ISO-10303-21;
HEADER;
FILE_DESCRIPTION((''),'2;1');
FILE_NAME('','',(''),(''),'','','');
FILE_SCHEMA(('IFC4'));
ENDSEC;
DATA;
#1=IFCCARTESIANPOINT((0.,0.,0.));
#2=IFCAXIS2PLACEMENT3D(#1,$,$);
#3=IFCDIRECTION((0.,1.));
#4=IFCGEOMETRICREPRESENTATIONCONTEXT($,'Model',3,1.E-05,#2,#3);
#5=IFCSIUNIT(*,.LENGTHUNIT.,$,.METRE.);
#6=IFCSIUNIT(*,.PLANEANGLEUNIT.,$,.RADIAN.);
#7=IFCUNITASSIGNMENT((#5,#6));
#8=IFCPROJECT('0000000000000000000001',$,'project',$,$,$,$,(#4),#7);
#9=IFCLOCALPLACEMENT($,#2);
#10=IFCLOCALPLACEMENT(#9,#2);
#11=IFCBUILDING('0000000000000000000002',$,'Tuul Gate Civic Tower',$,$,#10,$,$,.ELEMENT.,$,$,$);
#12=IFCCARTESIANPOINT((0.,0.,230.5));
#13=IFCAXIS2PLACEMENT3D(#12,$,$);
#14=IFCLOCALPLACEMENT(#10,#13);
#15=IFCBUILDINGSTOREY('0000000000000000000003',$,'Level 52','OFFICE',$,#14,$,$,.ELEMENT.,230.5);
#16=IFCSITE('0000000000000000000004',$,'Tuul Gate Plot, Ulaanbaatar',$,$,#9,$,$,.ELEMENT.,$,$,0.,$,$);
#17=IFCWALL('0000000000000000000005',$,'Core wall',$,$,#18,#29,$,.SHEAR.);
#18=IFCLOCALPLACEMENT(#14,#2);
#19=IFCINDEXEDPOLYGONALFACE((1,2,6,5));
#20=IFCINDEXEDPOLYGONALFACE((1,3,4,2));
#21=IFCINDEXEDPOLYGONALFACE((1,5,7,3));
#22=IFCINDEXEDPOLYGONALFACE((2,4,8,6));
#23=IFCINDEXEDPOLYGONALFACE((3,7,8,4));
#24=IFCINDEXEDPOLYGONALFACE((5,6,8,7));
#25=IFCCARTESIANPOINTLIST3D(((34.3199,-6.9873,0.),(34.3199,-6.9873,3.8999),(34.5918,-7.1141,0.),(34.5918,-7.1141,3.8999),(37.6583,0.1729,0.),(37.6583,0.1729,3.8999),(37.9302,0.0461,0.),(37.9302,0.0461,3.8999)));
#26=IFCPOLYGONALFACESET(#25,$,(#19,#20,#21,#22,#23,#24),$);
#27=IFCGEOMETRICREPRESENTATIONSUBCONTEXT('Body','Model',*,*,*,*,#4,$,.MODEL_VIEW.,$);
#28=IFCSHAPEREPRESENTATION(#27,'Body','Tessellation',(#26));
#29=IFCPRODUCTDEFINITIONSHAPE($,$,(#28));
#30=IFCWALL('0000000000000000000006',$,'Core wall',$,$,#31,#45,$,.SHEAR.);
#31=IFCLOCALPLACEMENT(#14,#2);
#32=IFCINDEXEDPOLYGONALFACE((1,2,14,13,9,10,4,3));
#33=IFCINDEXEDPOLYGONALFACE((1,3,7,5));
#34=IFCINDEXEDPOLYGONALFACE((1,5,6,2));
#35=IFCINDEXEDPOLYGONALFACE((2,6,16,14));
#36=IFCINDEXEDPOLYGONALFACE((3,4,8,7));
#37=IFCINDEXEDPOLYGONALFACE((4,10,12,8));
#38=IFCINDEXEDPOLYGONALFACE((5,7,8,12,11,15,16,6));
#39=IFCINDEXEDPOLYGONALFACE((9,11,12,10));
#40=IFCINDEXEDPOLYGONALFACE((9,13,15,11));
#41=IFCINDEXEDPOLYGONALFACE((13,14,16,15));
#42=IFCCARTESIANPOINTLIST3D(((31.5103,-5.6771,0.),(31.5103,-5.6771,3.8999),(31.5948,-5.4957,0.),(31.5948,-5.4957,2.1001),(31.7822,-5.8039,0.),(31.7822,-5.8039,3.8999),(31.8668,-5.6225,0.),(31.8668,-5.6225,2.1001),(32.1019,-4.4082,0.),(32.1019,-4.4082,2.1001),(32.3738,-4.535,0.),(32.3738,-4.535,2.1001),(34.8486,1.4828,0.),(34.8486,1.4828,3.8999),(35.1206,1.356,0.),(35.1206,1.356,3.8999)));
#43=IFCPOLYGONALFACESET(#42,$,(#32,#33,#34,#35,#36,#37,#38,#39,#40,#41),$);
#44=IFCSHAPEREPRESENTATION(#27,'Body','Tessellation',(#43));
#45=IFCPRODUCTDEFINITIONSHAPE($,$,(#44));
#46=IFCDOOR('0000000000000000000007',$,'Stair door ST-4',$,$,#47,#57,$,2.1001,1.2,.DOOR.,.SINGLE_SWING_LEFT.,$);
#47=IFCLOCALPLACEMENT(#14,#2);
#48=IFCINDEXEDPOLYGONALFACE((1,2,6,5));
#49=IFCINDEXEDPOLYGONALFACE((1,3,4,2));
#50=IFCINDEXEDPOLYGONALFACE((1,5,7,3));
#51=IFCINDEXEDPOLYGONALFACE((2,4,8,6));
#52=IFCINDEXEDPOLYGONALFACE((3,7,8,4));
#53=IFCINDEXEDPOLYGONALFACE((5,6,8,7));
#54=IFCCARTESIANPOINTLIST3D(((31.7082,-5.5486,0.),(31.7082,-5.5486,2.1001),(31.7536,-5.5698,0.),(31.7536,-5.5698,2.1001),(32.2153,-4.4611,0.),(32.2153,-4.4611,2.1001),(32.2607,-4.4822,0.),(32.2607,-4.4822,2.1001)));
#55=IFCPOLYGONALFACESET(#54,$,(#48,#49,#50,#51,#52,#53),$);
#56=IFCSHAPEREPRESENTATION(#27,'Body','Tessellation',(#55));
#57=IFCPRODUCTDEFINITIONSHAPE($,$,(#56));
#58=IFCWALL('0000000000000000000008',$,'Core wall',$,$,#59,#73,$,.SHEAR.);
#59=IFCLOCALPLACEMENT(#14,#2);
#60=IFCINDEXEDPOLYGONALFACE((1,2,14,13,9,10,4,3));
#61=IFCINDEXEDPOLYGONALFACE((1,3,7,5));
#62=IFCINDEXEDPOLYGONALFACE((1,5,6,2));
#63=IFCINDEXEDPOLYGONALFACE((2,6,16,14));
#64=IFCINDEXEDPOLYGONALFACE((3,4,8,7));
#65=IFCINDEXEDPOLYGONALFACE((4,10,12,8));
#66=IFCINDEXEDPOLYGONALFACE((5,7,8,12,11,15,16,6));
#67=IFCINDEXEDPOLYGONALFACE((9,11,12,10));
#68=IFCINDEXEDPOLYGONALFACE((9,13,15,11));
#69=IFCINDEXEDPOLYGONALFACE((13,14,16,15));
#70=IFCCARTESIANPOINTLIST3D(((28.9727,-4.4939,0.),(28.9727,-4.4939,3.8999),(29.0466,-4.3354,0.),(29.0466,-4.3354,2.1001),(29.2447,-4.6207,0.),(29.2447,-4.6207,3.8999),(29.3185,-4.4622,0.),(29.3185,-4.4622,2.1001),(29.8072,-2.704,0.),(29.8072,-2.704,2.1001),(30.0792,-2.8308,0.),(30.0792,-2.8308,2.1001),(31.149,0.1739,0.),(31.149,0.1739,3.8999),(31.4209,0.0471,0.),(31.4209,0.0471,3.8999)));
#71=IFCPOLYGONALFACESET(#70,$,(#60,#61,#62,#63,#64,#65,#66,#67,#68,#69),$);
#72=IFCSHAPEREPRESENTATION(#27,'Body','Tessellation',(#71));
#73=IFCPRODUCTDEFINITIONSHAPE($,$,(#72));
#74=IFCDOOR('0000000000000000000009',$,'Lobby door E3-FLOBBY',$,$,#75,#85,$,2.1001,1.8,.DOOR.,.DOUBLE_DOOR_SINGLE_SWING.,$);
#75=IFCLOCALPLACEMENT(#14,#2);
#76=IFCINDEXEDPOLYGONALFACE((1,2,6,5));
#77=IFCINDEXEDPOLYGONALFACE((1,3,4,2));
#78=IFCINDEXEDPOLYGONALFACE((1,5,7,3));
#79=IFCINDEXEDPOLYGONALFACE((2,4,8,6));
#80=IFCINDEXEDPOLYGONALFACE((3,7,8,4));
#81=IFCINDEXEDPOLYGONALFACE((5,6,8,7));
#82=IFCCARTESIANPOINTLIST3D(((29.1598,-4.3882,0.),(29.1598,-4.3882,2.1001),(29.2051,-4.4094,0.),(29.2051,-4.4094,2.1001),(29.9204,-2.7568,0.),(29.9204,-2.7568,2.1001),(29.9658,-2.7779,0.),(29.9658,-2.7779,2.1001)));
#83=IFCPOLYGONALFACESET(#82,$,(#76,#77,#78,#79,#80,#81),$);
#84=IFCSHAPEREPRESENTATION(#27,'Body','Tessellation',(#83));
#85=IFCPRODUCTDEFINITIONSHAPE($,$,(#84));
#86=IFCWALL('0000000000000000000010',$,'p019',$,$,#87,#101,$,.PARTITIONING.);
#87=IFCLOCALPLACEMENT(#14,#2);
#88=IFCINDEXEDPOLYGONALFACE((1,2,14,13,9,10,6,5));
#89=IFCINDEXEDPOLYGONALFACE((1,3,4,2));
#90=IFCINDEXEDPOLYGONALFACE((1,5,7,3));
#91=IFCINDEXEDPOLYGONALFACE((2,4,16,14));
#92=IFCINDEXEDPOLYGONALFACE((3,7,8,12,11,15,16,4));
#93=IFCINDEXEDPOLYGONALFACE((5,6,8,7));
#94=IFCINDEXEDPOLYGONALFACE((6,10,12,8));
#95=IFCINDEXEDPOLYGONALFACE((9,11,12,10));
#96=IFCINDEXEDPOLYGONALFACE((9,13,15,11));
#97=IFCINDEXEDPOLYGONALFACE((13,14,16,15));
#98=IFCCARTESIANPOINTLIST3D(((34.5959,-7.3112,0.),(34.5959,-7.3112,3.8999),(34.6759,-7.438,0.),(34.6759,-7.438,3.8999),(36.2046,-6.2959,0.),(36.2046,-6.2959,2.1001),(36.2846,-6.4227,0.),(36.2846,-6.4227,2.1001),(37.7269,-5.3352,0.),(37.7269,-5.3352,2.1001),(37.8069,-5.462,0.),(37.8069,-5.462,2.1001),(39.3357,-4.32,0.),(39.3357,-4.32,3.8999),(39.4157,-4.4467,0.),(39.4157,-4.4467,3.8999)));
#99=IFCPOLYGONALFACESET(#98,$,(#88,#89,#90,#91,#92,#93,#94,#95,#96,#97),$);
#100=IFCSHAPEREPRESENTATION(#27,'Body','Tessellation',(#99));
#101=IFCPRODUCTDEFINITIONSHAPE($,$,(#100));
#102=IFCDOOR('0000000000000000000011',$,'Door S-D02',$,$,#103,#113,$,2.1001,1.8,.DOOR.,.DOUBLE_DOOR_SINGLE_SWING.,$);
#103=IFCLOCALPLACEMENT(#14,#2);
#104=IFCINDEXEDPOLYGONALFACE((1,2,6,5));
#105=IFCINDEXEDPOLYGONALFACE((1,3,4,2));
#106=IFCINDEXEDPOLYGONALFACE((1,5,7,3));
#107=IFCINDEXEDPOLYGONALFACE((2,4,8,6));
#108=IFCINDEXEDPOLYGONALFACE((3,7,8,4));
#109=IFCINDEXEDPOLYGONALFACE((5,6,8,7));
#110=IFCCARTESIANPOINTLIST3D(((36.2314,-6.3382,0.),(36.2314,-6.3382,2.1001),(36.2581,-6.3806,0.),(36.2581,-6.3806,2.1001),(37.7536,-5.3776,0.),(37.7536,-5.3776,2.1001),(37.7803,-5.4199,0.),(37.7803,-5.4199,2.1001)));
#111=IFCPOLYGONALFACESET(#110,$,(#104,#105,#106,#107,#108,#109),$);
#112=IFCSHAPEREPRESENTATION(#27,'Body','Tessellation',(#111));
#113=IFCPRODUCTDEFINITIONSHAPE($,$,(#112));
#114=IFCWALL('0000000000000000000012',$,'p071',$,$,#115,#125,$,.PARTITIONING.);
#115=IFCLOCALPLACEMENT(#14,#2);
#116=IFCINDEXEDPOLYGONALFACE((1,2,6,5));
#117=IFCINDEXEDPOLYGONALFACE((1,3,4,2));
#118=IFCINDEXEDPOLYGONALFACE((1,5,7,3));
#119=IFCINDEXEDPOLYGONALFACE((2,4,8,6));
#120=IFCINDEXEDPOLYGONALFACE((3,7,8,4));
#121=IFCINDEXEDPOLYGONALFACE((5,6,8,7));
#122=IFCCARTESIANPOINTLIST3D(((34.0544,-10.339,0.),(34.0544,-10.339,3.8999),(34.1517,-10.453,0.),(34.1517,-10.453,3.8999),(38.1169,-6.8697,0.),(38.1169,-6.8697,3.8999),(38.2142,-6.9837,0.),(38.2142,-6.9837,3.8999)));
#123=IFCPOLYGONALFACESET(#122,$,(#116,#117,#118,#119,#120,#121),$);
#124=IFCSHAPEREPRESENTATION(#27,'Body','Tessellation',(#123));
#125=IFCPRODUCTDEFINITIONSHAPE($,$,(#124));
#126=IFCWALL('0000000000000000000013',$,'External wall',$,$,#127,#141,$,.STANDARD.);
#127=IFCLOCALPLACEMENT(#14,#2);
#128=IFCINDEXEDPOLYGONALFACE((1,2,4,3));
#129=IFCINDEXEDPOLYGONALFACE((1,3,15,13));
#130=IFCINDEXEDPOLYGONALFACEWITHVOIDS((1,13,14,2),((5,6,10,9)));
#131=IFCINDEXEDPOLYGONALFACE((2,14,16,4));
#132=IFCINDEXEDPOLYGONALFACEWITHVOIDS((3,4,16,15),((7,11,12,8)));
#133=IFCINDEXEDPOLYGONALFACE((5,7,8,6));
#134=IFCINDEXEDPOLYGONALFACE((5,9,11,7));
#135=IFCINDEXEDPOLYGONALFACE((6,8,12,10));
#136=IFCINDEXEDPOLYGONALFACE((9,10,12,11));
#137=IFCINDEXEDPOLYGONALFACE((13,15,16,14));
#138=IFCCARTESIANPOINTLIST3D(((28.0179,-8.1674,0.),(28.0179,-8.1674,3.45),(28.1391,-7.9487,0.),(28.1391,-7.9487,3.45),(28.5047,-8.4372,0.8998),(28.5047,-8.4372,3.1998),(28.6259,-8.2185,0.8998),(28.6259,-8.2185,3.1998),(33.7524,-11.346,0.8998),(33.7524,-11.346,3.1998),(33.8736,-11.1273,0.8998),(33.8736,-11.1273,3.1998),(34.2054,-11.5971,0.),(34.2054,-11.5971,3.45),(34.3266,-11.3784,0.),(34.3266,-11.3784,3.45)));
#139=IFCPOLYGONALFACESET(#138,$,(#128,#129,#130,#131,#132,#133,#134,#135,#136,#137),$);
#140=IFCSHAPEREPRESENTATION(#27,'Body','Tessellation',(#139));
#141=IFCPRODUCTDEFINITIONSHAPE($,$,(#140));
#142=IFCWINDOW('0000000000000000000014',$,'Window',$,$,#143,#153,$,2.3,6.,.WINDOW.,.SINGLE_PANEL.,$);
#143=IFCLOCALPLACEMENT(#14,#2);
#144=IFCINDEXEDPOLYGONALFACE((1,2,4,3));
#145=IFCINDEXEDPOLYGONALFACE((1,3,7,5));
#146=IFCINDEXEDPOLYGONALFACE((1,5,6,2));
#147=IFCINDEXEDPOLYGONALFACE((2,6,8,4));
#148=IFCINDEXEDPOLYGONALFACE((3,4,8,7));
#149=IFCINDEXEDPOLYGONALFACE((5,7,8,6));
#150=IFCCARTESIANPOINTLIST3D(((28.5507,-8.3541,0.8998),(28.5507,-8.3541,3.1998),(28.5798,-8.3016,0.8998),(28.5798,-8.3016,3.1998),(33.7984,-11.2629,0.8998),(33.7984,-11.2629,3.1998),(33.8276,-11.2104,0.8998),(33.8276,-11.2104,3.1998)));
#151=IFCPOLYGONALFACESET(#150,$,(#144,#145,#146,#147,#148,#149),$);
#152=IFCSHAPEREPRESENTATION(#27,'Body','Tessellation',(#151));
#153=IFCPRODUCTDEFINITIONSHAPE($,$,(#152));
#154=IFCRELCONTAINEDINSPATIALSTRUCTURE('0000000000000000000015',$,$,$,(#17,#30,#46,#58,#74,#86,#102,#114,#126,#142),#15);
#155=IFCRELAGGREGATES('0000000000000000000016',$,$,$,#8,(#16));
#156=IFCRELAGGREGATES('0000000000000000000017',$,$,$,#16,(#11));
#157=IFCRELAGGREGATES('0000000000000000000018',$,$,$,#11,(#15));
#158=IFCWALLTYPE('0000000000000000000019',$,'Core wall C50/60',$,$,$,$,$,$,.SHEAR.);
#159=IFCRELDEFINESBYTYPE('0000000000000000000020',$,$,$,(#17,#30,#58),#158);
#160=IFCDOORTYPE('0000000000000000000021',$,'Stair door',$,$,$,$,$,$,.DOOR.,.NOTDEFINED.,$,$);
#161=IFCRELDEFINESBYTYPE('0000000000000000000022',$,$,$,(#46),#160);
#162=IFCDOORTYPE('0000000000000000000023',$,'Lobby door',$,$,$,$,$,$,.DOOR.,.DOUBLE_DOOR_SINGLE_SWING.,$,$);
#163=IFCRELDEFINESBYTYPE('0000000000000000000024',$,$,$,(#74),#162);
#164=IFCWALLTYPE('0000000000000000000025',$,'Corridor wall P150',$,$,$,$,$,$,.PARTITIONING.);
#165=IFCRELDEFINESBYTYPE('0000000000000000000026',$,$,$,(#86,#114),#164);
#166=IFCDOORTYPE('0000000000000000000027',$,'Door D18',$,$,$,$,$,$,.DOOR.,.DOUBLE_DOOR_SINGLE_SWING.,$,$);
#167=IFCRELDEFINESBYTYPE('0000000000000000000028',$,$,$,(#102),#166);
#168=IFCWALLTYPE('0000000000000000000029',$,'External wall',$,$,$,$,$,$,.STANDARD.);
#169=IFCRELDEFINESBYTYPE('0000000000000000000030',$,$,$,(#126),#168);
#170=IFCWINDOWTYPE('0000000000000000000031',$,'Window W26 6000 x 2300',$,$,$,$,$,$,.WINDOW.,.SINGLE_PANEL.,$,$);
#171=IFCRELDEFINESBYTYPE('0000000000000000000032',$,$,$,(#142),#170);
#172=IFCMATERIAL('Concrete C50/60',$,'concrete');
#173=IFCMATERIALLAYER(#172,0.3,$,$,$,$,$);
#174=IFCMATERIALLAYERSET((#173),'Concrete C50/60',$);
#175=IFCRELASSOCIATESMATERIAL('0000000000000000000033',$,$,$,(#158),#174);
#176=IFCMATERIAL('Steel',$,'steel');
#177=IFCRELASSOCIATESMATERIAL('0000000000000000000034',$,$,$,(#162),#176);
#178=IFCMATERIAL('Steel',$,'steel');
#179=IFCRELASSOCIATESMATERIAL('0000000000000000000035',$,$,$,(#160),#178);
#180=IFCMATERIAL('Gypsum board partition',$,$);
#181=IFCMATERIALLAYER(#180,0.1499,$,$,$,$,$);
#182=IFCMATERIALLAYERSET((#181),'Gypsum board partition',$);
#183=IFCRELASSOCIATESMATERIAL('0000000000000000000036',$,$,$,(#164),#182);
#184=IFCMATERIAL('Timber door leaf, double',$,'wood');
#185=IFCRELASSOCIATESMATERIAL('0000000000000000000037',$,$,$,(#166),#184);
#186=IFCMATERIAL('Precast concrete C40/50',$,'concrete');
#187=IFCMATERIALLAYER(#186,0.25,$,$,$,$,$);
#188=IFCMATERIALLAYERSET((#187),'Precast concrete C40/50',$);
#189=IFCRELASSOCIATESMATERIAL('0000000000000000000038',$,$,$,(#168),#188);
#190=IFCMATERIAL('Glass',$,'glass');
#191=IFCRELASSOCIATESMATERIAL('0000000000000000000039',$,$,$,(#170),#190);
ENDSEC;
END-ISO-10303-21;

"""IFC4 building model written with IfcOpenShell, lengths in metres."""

from ifc_helpers import new_model, si_unit, direction, frame, frame_2d, origin, place, context, subcontext, project, spatial, rectangle, extrude, material, layer, layer_set, type_object, element, fill, save


model = new_model("IFC4")

# Units and contexts
model_context = context("Model", 3, precision=1e-05, world=origin(), true_north=direction((0.0, 1.0)))
body_context = subcontext(model_context, "Body", "Model", "MODEL_VIEW")
ifc_project = project(units=[si_unit("LENGTHUNIT", "METRE"), si_unit("PLANEANGLEUNIT", "RADIAN")], contexts=[model_context])

# Site, building, storey
site_placement = place(None, origin())
site = spatial("IfcSite", under=ifc_project, at=site_placement, Name="Tuul Gate Plot, Ulaanbaatar", CompositionType="ELEMENT", RefElevation=0.0)
building_placement = place(site_placement, origin())
building = spatial("IfcBuilding", under=site, at=building_placement, Name="Tuul Gate Civic Tower", CompositionType="ELEMENT")
storey_placement = place(building_placement, frame((0.0, 0.0, 230.5)))
storey = spatial("IfcBuildingStorey", under=building, at=storey_placement, Name="Level 52", Description="OFFICE", CompositionType="ELEMENT", Elevation=230.5)

# Shared definitions
ifc_material_1 = material(Name="Concrete C50/60", Category="concrete")
ifc_layer_1 = layer(ifc_material_1, 0.3)
ifc_layer_set_1 = layer_set([ifc_layer_1], Name="Concrete C50/60")
wall_type_1 = type_object("IfcWallType", Name="Core wall C50/60", PredefinedType="SHEAR", material=ifc_layer_set_1)
ifc_material_2 = material(Name="Steel", Category="steel")
door_type_1 = type_object("IfcDoorType", Name="Lobby door", OperationType="DOUBLE_DOOR_SINGLE_SWING", PredefinedType="DOOR", material=ifc_material_2)

# Wall
wall_1_placement = place(storey_placement, frame((34.4558, -7.0508, 0.0), z_axis=(0.0, 0.0, 1.0), x_axis=(0.422571, 0.90633, 0.0)))
element("IfcWall", 1, at=wall_1_placement, inside=storey, type_object=wall_type_1, Name="Core wall", PredefinedType="SHEAR", context=body_context, shape_type="SweptSolid", body=[
    extrude(rectangle(XDim=7.9001, YDim=0.3, at=frame_2d((3.9502, 0.0))), origin(), (0.0, 0.0, 1.0), 3.8999),
])

# Walls, openings, doors
wall_2_placement = place(storey_placement, frame((31.6462, -5.7405, 0.0), z_axis=(0.0, 0.0, 1.0), x_axis=(0.422583, 0.906324, 0.0)))
wall_2 = element("IfcWall", 2, at=wall_2_placement, inside=storey, type_object=wall_type_1, Name="Core wall", PredefinedType="SHEAR", context=body_context, shape_type="SweptSolid", body=[
    extrude(rectangle(XDim=7.8999, YDim=0.3, at=frame_2d((3.95, 0.0))), origin(), (0.0, 0.0, 1.0), 3.8999),
])
opening_1_placement = place(wall_2_placement, frame((0.2, 0.0, 0.0)))
opening_1 = element("IfcOpeningElement", 3, at=opening_1_placement, cuts=wall_2, PredefinedType="OPENING", context=body_context, shape_type="SweptSolid", body=[
    extrude(rectangle(XDim=1.2, YDim=2.1001, at=frame_2d((0.6001, 1.05))), frame((0.0, 0.1602, 0.0), z_axis=(0.0, -1.0, 0.0), x_axis=(1.0, 0.0, 0.0)), (0.0, 0.0, 1.0), 0.3201),
])
ifc_material_3 = material(Name="Steel", Category="steel")
door_type_2 = type_object("IfcDoorType", Name="Stair door", OperationType="NOTDEFINED", PredefinedType="DOOR", material=ifc_material_3)
door_1_placement = place(opening_1_placement, origin())
door_1 = element("IfcDoor", 4, at=door_1_placement, inside=storey, type_object=door_type_2, Name="Stair door ST-4", OperationType="SINGLE_SWING_LEFT", OverallHeight=2.1001, OverallWidth=1.2, PredefinedType="DOOR", context=body_context, shape_type="SweptSolid", body=[
    extrude(rectangle(XDim=1.2, YDim=2.1001, at=frame_2d((0.6001, 1.05))), frame((0.0, 0.0249, 0.0), z_axis=(0.0, -1.0, 0.0), x_axis=(1.0, 0.0, 0.0)), (0.0, 0.0, 1.0), 0.05),
])
fill(opening_1, door_1)
wall_3_placement = place(storey_placement, frame((29.1086, -4.5574, 0.0), z_axis=(0.0, 0.0, 1.0), x_axis=(0.422566, 0.906332, 0.0)))
wall_3 = element("IfcWall", 5, at=wall_3_placement, inside=storey, type_object=wall_type_1, Name="Core wall", PredefinedType="SHEAR", context=body_context, shape_type="SweptSolid", body=[
    extrude(rectangle(XDim=5.1501, YDim=0.3, at=frame_2d((2.5752, 0.0))), origin(), (0.0, 0.0, 1.0), 3.8999),
])
opening_2_placement = place(wall_3_placement, frame((0.175, 0.0, 0.0)))
opening_2 = element("IfcOpeningElement", 6, at=opening_2_placement, cuts=wall_3, PredefinedType="OPENING", context=body_context, shape_type="SweptSolid", body=[
    extrude(rectangle(XDim=1.8, YDim=2.1001, at=frame_2d((0.8999, 1.05))), frame((0.0, 0.1602, 0.0), z_axis=(0.0, -1.0, 0.0), x_axis=(1.0, 0.0, 0.0)), (0.0, 0.0, 1.0), 0.3201),
])
door_2_placement = place(opening_2_placement, frame((1.8, 0.0, 0.0), z_axis=(0.0, 0.0, 1.0), x_axis=(-1.0, 0.0, 0.0)))
door_2 = element("IfcDoor", 7, at=door_2_placement, inside=storey, type_object=door_type_1, Name="Lobby door E3-FLOBBY", OperationType="DOUBLE_DOOR_SINGLE_SWING", OverallHeight=2.1001, OverallWidth=1.8, PredefinedType="DOOR", context=body_context, shape_type="SweptSolid", body=[
    extrude(rectangle(XDim=1.8, YDim=2.1001, at=frame_2d((0.9001, 1.05))), frame((0.0, 0.0249, 0.0), z_axis=(0.0, -1.0, 0.0), x_axis=(1.0, 0.0, 0.0)), (0.0, 0.0, 1.0), 0.05),
])
fill(opening_2, door_2)
ifc_material_4 = material(Name="Gypsum board partition")
ifc_layer_2 = layer(ifc_material_4, 0.1499)
ifc_layer_set_2 = layer_set([ifc_layer_2], Name="Gypsum board partition")
wall_type_2 = type_object("IfcWallType", Name="Corridor wall P150", PredefinedType="PARTITIONING", material=ifc_layer_set_2)
wall_4_placement = place(storey_placement, frame((34.636, -7.3745, 0.0), z_axis=(0.0, 0.0, 1.0), x_axis=(0.845675, 0.533698, 0.0)))
wall_4 = element("IfcWall", 8, at=wall_4_placement, inside=storey, type_object=wall_type_2, Name="p019", PredefinedType="PARTITIONING", context=body_context, shape_type="SweptSolid", body=[
    extrude(rectangle(XDim=5.6047, YDim=0.1499, at=frame_2d((2.8022, 0.0))), origin(), (0.0, 0.0, 1.0), 3.8999),
])
opening_3_placement = place(wall_4_placement, frame((1.9023, 0.0, 0.0)))
opening_3 = element("IfcOpeningElement", 9, at=opening_3_placement, cuts=wall_4, PredefinedType="OPENING", context=body_context, shape_type="SweptSolid", body=[
    extrude(rectangle(XDim=1.8, YDim=2.1001, at=frame_2d((0.8999, 1.05))), frame((0.0, 0.085, 0.0), z_axis=(0.0, -1.0, 0.0), x_axis=(1.0, 0.0, 0.0)), (0.0, 0.0, 1.0), 0.1699),
])
ifc_material_5 = material(Name="Timber door leaf, double", Category="wood")
door_type_3 = type_object("IfcDoorType", Name="Door D18", OperationType="DOUBLE_DOOR_SINGLE_SWING", PredefinedType="DOOR", material=ifc_material_5)
door_3_placement = place(opening_3_placement, origin())
door_3 = element("IfcDoor", 10, at=door_3_placement, inside=storey, type_object=door_type_3, Name="Door S-D02", OperationType="DOUBLE_DOOR_SINGLE_SWING", OverallHeight=2.1001, OverallWidth=1.8, PredefinedType="DOOR", context=body_context, shape_type="SweptSolid", body=[
    extrude(rectangle(XDim=1.8, YDim=2.1001, at=frame_2d((0.8999, 1.05))), frame((0.0, 0.0249, 0.0), z_axis=(0.0, -1.0, 0.0), x_axis=(1.0, 0.0, 0.0)), (0.0, 0.0, 1.0), 0.05),
])
fill(opening_3, door_3)

# Wall
wall_5_placement = place(storey_placement, frame((34.103, -10.396, 0.0), z_axis=(0.0, 0.0, 1.0), x_axis=(0.760449, 0.649398, 0.0)))
element("IfcWall", 11, at=wall_5_placement, inside=storey, type_object=wall_type_2, Name="p071", PredefinedType="PARTITIONING", context=body_context, shape_type="SweptSolid", body=[
    extrude(rectangle(XDim=5.3423, YDim=0.1499, at=frame_2d((2.6711, 0.0))), origin(), (0.0, 0.0, 1.0), 3.8999),
])

# Wall, opening, window
ifc_material_6 = material(Name="Precast concrete C40/50", Category="concrete")
ifc_layer_3 = layer(ifc_material_6, 0.25)
ifc_layer_set_3 = layer_set([ifc_layer_3], Name="Precast concrete C40/50")
wall_type_3 = type_object("IfcWallType", Name="External wall", PredefinedType="STANDARD", material=ifc_layer_set_3)
wall_6_placement = place(storey_placement, frame((28.0786, -8.0581, 0.0), z_axis=(0.0, 0.0, 1.0), x_axis=(0.874626, -0.484799, 0.0)))
wall_6 = element("IfcWall", 12, at=wall_6_placement, inside=storey, type_object=wall_type_3, Name="External wall", PredefinedType="STANDARD", context=body_context, shape_type="SweptSolid", body=[
    extrude(rectangle(XDim=7.0745, YDim=0.25, at=frame_2d((3.5371, 0.0))), origin(), (0.0, 0.0, 1.0), 3.45),
])
opening_4_placement = place(wall_6_placement, frame((0.5564, 0.0, 0.8999)))
opening_4 = element("IfcOpeningElement", 13, at=opening_4_placement, cuts=wall_6, PredefinedType="OPENING", context=body_context, shape_type="SweptSolid", body=[
    extrude(rectangle(XDim=6.0, YDim=2.3, at=frame_2d((3.0, 1.1499))), frame((0.0, 0.135, 0.0), z_axis=(0.0, -1.0, 0.0), x_axis=(1.0, 0.0, 0.0)), (0.0, 0.0, 1.0), 0.27),
])
ifc_material_7 = material(Name="Glass", Category="glass")
window_type = type_object("IfcWindowType", Name="Window W26 6000 x 2300", PartitioningType="SINGLE_PANEL", PredefinedType="WINDOW", material=ifc_material_7)
window_1_placement = place(opening_4_placement, origin())
window_1 = element("IfcWindow", 14, at=window_1_placement, inside=storey, type_object=window_type, Name="Window", OverallHeight=2.3, OverallWidth=6.0, PartitioningType="SINGLE_PANEL", PredefinedType="WINDOW", context=body_context, shape_type="SweptSolid", body=[
    extrude(rectangle(XDim=6.0, YDim=2.3, at=frame_2d((3.0, 1.1499))), frame((0.0, 0.03, 0.0), z_axis=(0.0, -1.0, 0.0), x_axis=(1.0, 0.0, 0.0)), (0.0, 0.0, 1.0), 0.0601),
])
fill(opening_4, window_1)

save(model, "model.ifc")
